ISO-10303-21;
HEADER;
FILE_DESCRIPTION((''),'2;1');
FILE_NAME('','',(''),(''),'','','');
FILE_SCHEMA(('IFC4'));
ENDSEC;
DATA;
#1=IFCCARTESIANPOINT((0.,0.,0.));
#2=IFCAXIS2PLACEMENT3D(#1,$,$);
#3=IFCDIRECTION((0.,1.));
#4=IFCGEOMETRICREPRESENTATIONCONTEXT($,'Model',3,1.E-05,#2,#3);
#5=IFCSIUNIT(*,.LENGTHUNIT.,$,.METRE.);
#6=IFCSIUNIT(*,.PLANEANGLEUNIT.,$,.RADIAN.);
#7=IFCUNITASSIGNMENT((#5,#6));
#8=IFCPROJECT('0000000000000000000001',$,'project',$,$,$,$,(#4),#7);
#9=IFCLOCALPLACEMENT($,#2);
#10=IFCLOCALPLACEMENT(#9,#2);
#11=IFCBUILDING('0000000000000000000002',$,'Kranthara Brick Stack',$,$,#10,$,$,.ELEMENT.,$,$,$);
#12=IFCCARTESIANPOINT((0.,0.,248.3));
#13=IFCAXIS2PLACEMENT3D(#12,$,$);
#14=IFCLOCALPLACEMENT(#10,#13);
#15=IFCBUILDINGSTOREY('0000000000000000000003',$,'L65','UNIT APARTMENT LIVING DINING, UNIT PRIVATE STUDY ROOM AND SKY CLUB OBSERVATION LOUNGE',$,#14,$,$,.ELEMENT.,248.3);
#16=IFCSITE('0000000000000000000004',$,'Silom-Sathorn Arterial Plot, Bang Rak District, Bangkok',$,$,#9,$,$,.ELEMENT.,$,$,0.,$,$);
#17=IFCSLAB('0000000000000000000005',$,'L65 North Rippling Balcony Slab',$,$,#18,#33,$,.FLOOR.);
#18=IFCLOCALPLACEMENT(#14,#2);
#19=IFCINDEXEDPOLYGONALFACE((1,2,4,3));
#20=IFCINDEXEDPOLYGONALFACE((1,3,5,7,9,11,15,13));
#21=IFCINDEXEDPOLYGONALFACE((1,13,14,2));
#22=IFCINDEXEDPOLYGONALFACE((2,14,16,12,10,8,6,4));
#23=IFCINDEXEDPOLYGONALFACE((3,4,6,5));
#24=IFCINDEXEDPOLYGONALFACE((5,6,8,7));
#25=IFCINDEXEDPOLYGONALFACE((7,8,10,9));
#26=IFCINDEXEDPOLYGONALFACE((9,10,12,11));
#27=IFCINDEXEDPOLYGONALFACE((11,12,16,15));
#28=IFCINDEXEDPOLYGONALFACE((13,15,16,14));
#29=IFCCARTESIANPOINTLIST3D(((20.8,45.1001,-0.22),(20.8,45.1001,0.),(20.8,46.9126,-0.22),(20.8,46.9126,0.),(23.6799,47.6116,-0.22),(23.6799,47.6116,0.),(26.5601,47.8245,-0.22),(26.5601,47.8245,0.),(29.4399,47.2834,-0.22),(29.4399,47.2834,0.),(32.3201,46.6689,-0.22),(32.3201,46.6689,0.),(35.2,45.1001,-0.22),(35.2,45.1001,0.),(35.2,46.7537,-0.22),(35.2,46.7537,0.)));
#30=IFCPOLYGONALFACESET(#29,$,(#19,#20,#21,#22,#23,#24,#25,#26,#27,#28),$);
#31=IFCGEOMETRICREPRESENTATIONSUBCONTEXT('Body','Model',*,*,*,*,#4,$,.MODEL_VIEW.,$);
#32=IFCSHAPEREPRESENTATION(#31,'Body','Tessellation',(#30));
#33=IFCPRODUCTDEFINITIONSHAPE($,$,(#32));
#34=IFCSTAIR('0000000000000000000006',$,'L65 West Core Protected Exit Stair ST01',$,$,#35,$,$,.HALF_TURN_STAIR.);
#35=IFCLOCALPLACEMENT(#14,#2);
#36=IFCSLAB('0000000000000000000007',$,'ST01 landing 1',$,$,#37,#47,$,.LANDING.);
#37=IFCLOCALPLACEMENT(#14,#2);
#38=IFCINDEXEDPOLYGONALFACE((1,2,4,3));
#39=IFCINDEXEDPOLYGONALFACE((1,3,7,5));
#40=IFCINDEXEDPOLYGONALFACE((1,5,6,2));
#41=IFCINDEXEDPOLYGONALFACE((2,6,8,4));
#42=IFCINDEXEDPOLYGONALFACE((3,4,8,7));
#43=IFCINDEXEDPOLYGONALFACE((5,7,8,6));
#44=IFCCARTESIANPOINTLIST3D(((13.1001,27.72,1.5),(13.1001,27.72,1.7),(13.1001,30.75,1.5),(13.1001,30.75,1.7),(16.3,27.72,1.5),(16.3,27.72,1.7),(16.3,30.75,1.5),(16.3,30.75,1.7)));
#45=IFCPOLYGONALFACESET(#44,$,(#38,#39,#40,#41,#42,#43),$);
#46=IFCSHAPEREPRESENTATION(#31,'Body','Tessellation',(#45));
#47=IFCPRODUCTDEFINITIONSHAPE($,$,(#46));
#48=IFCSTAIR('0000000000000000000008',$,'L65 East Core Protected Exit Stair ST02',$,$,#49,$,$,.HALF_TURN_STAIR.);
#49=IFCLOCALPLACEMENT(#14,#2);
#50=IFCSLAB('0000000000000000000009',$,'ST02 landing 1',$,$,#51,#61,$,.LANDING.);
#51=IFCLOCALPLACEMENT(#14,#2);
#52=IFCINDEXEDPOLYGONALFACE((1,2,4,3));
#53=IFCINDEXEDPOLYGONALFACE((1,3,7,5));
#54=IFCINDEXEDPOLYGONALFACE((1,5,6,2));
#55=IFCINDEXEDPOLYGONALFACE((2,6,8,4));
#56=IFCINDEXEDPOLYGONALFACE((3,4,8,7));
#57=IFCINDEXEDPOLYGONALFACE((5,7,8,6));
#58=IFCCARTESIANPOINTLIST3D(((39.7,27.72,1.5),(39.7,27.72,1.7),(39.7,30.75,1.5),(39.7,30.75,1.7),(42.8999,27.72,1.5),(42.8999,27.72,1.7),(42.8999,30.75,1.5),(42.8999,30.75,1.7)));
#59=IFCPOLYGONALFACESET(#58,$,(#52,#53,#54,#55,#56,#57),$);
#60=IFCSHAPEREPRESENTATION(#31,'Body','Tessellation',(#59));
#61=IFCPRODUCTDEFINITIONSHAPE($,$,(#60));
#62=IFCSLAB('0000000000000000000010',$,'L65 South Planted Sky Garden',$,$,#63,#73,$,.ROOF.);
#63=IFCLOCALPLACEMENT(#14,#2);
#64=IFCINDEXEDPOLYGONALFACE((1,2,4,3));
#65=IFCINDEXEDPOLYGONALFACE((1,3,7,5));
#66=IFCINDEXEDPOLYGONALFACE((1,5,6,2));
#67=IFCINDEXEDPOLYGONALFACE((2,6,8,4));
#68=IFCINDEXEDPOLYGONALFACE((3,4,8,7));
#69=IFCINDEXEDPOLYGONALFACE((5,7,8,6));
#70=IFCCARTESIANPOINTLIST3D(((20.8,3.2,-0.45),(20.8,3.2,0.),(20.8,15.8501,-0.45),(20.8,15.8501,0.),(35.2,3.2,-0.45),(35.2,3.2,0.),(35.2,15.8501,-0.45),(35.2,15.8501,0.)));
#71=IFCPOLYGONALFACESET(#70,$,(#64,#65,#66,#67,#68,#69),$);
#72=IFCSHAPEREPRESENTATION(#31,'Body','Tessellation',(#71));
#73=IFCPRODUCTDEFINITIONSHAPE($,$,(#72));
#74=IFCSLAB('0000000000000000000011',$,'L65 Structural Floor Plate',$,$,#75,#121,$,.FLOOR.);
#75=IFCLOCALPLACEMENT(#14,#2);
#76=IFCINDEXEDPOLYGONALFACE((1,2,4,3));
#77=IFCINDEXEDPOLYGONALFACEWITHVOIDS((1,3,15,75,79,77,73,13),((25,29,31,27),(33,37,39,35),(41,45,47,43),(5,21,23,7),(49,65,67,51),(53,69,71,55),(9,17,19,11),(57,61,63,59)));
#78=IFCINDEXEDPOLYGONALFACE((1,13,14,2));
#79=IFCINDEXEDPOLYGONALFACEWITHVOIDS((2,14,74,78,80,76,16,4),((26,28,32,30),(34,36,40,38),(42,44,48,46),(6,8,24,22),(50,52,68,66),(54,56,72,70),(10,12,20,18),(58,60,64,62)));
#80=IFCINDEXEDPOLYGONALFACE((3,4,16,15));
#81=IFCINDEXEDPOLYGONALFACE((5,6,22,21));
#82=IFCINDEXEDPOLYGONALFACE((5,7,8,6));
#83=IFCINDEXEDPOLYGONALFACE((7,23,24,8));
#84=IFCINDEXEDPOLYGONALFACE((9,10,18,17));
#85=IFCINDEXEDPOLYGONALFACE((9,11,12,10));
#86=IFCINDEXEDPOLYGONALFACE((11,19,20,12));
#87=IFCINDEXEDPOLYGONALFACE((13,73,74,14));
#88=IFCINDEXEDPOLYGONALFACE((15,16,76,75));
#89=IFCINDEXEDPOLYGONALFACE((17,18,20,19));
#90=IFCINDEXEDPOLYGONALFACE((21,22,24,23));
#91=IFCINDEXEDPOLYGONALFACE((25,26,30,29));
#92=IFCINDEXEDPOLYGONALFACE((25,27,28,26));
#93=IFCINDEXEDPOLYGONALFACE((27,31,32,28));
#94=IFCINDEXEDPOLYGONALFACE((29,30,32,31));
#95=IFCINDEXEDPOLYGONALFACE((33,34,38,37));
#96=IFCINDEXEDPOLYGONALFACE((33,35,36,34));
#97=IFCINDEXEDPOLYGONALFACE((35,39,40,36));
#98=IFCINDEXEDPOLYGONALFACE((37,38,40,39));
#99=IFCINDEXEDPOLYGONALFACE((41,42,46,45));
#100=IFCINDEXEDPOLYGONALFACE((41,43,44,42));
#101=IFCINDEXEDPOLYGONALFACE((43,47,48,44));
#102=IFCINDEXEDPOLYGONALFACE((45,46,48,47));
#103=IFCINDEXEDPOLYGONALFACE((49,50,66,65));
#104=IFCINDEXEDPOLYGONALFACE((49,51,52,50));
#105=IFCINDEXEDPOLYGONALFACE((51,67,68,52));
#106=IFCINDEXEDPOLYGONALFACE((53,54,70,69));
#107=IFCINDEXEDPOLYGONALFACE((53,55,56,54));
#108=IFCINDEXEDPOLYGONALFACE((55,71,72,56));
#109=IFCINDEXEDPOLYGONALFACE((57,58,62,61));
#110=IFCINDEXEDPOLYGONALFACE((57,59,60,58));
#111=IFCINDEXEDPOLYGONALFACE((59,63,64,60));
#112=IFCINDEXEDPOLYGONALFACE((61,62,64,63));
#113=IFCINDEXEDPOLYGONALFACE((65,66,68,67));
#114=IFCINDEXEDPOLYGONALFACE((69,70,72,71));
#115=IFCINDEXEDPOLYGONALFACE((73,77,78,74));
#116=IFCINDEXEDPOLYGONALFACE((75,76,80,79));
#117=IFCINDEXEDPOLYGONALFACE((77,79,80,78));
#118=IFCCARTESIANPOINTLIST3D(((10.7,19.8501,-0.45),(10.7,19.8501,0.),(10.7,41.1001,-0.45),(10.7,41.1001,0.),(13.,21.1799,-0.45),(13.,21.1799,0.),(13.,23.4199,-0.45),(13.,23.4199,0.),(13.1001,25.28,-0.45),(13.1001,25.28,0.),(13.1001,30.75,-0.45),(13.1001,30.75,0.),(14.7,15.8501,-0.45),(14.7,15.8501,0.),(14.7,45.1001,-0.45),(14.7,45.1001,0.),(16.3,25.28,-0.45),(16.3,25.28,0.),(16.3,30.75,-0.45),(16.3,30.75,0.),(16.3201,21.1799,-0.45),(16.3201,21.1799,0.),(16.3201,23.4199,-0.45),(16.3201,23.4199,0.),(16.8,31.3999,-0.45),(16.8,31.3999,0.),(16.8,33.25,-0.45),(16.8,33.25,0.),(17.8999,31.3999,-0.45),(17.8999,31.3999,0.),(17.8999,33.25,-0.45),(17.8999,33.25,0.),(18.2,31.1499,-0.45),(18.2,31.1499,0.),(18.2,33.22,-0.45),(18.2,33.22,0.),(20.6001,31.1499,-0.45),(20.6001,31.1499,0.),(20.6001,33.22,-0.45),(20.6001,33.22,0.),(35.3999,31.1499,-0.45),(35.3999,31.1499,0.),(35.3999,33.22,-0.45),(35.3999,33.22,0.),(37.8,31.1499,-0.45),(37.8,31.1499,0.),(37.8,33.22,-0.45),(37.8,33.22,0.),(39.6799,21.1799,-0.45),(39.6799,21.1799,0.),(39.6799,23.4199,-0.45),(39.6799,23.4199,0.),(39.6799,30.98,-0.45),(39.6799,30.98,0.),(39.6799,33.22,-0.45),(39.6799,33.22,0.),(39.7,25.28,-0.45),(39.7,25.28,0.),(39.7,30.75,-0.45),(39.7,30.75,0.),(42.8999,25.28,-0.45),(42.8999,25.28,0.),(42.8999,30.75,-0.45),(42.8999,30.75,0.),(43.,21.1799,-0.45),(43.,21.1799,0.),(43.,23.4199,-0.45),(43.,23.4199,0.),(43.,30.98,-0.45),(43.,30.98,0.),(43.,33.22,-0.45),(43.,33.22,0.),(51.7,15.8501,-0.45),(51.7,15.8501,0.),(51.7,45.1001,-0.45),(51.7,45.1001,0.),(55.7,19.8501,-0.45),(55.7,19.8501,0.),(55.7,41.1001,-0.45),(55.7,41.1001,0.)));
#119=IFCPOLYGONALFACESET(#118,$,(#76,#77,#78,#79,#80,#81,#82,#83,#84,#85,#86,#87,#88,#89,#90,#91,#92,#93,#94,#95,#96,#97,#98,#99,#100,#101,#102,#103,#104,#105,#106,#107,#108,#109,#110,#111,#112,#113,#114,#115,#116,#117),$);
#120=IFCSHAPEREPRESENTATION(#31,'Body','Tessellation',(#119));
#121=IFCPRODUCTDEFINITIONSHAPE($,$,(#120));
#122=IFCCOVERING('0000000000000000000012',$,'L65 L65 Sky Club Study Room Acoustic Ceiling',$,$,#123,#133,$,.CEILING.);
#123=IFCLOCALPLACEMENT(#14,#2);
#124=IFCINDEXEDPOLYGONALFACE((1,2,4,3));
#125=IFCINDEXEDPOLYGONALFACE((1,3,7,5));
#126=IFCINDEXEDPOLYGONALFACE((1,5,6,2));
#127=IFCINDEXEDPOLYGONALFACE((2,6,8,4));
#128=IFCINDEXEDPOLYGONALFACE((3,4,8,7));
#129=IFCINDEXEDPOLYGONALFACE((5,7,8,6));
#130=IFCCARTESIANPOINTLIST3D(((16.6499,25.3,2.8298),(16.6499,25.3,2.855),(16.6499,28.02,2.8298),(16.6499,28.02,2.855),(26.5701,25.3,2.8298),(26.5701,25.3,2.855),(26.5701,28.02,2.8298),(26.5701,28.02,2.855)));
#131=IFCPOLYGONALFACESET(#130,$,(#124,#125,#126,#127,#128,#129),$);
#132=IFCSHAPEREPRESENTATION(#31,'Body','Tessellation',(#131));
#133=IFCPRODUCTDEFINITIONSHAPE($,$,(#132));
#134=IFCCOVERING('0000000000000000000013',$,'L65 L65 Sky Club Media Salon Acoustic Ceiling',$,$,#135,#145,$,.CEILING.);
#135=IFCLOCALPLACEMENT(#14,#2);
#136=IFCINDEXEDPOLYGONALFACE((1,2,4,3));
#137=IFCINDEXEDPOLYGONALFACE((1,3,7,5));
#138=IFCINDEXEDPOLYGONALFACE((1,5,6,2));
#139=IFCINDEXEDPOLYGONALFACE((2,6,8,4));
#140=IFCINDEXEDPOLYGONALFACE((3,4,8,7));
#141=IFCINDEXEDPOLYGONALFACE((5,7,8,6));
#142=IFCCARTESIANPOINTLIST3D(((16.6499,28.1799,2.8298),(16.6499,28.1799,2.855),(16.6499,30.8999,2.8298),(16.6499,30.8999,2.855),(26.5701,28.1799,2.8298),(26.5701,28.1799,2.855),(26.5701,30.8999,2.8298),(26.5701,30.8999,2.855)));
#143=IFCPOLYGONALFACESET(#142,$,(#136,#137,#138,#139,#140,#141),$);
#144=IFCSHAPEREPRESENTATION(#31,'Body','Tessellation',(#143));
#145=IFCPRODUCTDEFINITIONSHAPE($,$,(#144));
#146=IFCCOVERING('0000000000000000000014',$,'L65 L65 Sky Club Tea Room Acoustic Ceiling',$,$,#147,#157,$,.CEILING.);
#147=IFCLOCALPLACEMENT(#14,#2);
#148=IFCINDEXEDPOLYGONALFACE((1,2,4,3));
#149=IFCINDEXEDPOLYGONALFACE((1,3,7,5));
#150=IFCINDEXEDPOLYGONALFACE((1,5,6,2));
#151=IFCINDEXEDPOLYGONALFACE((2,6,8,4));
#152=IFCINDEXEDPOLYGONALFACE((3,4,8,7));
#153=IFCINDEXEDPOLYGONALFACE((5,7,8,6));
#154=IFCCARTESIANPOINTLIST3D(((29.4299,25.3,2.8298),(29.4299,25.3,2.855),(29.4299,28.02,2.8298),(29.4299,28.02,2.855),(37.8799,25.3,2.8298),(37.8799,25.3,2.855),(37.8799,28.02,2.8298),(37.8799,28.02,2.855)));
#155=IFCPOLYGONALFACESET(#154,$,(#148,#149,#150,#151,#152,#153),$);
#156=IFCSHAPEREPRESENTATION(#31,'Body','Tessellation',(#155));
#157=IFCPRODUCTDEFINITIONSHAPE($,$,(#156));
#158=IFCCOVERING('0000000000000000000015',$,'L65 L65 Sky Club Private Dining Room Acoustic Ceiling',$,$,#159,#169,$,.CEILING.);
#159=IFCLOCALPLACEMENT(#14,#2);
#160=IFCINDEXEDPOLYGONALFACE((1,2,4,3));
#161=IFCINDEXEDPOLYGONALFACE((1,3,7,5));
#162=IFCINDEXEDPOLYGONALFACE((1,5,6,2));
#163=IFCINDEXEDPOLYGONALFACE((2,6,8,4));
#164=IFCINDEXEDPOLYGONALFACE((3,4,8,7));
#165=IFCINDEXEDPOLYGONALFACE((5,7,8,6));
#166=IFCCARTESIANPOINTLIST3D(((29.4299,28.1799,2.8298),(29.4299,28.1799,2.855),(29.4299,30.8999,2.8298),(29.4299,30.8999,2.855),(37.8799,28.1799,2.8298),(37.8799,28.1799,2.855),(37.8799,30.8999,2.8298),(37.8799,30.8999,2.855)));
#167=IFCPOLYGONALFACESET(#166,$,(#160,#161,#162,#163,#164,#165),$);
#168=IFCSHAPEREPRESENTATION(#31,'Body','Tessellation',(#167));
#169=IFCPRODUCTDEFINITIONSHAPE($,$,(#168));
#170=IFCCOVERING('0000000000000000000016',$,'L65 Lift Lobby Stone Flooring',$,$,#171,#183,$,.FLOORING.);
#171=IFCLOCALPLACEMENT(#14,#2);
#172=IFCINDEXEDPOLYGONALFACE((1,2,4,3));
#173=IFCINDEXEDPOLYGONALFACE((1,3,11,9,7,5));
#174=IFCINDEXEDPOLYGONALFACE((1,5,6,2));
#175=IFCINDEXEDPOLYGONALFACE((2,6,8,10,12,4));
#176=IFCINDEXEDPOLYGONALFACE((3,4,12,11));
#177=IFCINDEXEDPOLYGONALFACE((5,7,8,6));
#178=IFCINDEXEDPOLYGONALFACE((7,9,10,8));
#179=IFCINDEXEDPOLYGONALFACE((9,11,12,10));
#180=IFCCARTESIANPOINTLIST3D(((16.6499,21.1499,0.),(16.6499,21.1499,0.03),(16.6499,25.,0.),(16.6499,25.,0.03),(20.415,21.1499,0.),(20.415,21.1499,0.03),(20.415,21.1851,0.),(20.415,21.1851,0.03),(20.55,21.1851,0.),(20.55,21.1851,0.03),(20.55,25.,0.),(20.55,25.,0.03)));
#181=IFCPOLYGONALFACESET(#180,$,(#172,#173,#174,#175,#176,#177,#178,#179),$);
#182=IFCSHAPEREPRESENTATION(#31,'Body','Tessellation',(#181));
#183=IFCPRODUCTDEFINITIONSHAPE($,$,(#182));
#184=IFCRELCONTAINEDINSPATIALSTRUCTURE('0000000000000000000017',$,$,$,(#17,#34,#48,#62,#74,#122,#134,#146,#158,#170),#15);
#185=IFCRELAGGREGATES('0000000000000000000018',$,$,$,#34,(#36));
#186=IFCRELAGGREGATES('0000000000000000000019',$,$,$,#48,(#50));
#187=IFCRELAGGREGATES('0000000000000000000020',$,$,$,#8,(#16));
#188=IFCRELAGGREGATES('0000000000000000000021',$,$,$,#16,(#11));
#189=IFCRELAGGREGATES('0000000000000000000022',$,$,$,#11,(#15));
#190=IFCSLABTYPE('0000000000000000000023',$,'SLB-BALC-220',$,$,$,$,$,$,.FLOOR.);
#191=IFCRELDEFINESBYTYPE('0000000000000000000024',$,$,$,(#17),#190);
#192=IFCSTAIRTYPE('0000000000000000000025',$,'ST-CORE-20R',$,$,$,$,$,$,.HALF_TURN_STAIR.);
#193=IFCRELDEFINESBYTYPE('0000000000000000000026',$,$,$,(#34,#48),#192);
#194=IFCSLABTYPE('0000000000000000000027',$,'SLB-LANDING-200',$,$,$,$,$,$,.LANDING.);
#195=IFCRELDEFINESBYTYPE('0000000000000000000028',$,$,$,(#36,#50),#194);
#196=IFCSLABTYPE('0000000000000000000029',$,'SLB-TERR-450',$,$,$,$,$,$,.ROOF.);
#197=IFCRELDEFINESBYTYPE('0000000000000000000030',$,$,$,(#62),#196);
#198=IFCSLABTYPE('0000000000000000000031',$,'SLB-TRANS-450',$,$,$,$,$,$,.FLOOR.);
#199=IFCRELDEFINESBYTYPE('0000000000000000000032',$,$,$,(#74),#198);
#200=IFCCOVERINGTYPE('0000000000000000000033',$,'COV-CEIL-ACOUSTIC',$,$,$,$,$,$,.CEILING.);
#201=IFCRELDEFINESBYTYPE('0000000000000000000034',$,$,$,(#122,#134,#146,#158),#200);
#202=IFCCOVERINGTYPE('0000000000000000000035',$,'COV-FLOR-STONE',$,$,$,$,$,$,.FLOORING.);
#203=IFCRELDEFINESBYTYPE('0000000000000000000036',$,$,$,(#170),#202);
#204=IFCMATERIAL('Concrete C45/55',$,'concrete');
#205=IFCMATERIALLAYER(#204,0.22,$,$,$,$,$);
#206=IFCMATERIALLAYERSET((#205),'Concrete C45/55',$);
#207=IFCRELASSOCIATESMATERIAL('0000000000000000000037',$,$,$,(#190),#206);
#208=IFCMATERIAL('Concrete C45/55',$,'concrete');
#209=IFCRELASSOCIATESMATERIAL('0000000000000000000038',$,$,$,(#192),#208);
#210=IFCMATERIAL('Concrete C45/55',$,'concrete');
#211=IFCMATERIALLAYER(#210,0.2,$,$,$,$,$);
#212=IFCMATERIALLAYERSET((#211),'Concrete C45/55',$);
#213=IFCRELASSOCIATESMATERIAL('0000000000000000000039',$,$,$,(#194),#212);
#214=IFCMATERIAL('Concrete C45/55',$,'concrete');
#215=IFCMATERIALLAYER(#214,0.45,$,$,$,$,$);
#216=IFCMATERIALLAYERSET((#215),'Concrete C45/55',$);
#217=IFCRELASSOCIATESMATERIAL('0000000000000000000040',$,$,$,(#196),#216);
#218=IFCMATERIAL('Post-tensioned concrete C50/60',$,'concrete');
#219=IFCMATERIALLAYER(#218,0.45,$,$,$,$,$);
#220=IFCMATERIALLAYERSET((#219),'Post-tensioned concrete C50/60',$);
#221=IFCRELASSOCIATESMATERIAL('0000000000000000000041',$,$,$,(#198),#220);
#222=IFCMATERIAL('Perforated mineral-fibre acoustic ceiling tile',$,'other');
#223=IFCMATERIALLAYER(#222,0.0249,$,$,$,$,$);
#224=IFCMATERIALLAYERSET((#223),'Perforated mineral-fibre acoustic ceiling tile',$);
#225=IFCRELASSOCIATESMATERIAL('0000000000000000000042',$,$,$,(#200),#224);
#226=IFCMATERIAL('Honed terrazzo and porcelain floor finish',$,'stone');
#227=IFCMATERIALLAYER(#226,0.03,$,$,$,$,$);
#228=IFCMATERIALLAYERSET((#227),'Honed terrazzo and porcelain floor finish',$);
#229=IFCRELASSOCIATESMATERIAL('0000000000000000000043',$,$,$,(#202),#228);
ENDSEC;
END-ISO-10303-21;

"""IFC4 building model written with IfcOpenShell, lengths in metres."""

from ifc_helpers import new_model, si_unit, direction, frame, origin, place, context, subcontext, project, spatial, polyline, outline, extrude, material, layer, layer_set, type_object, element, aggregate, save


model = new_model("IFC4")

# Units and contexts
model_context = context("Model", 3, precision=1e-05, world=origin(), true_north=direction((0.0, 1.0)))
body_context = subcontext(model_context, "Body", "Model", "MODEL_VIEW")
ifc_project = project(units=[si_unit("LENGTHUNIT", "METRE"), si_unit("PLANEANGLEUNIT", "RADIAN")], contexts=[model_context])

# Site, building, storey
site_placement = place(None, origin())
site = spatial("IfcSite", under=ifc_project, at=site_placement, Name="Silom-Sathorn Arterial Plot, Bang Rak District, Bangkok", CompositionType="ELEMENT", RefElevation=0.0)
building_placement = place(site_placement, origin())
building = spatial("IfcBuilding", under=site, at=building_placement, Name="Kranthara Brick Stack", CompositionType="ELEMENT")
storey_placement = place(building_placement, frame((0.0, 0.0, 248.3)))
storey = spatial("IfcBuildingStorey", under=building, at=storey_placement, Name="L65", Description="UNIT APARTMENT LIVING DINING, UNIT PRIVATE STUDY ROOM AND SKY CLUB OBSERVATION LOUNGE", CompositionType="ELEMENT", Elevation=248.3)

# Slab
ifc_material_1 = material(Name="Concrete C45/55", Category="concrete")
ifc_layer_1 = layer(ifc_material_1, 0.22)
ifc_layer_set_1 = layer_set([ifc_layer_1], Name="Concrete C45/55")
slab_type_1 = type_object("IfcSlabType", Name="SLB-BALC-220", PredefinedType="FLOOR", material=ifc_layer_set_1)
slab_1_placement = place(storey_placement, frame((0.0, 0.0, -0.22)))
element("IfcSlab", 1, at=slab_1_placement, inside=storey, type_object=slab_type_1, Name="L65 North Rippling Balcony Slab", PredefinedType="FLOOR", context=body_context, shape_type="SweptSolid", body=[
    extrude(outline(polyline([(35.2, 45.1001), (20.8, 45.1001), (20.8, 46.9126), (23.6799, 47.6116), (26.5601, 47.8245), (29.4399, 47.2834), (32.3201, 46.6689), (35.2, 46.7537), (35.2, 45.1001)])), origin(), (0.0, 0.0, 1.0), 0.22),
])

# Stairs, slabs
ifc_material_2 = material(Name="Concrete C45/55", Category="concrete")
stair_type = type_object("IfcStairType", Name="ST-CORE-20R", PredefinedType="HALF_TURN_STAIR", material=ifc_material_2)
stair_1_placement = place(storey_placement, origin())
stair_1 = element("IfcStair", 2, at=stair_1_placement, inside=storey, type_object=stair_type, Name="L65 West Core Protected Exit Stair ST01", PredefinedType="HALF_TURN_STAIR")
ifc_material_3 = material(Name="Concrete C45/55", Category="concrete")
ifc_layer_2 = layer(ifc_material_3, 0.2)
ifc_layer_set_2 = layer_set([ifc_layer_2], Name="Concrete C45/55")
slab_type_2 = type_object("IfcSlabType", Name="SLB-LANDING-200", PredefinedType="LANDING", material=ifc_layer_set_2)
slab_2_placement = place(storey_placement, frame((0.0, 0.0, 1.5)))
slab_2 = element("IfcSlab", 3, at=slab_2_placement, type_object=slab_type_2, Name="ST01 landing 1", PredefinedType="LANDING", context=body_context, shape_type="SweptSolid", body=[
    extrude(outline(polyline([(16.3, 27.72), (16.3, 30.75), (13.1001, 30.75), (13.1001, 27.72), (16.3, 27.72)])), origin(), (0.0, 0.0, 1.0), 0.2),
])
aggregate(stair_1, [slab_2])
stair_2_placement = place(storey_placement, origin())
stair_2 = element("IfcStair", 4, at=stair_2_placement, inside=storey, type_object=stair_type, Name="L65 East Core Protected Exit Stair ST02", PredefinedType="HALF_TURN_STAIR")
slab_3_placement = place(storey_placement, frame((0.0, 0.0, 1.5)))
slab_3 = element("IfcSlab", 5, at=slab_3_placement, type_object=slab_type_2, Name="ST02 landing 1", PredefinedType="LANDING", context=body_context, shape_type="SweptSolid", body=[
    extrude(outline(polyline([(42.8999, 27.72), (42.8999, 30.75), (39.7, 30.75), (39.7, 27.72), (42.8999, 27.72)])), origin(), (0.0, 0.0, 1.0), 0.2),
])
aggregate(stair_2, [slab_3])

# Slabs
ifc_material_4 = material(Name="Concrete C45/55", Category="concrete")
ifc_layer_3 = layer(ifc_material_4, 0.45)
ifc_layer_set_3 = layer_set([ifc_layer_3], Name="Concrete C45/55")
slab_type_3 = type_object("IfcSlabType", Name="SLB-TERR-450", PredefinedType="ROOF", material=ifc_layer_set_3)
slab_4_placement = place(storey_placement, frame((0.0, 0.0, -0.45)))
element("IfcSlab", 6, at=slab_4_placement, inside=storey, type_object=slab_type_3, Name="L65 South Planted Sky Garden", PredefinedType="ROOF", context=body_context, shape_type="SweptSolid", body=[
    extrude(outline(polyline([(20.8, 3.2), (35.2, 3.2), (35.2, 15.8501), (20.8, 15.8501), (20.8, 3.2)])), origin(), (0.0, 0.0, 1.0), 0.45),
])
ifc_material_5 = material(Name="Post-tensioned concrete C50/60", Category="concrete")
ifc_layer_4 = layer(ifc_material_5, 0.45)
ifc_layer_set_4 = layer_set([ifc_layer_4], Name="Post-tensioned concrete C50/60")
slab_type_4 = type_object("IfcSlabType", Name="SLB-TRANS-450", PredefinedType="FLOOR", material=ifc_layer_set_4)
slab_5_placement = place(storey_placement, frame((0.0, 0.0, -0.45)))
element("IfcSlab", 7, at=slab_5_placement, inside=storey, type_object=slab_type_4, Name="L65 Structural Floor Plate", PredefinedType="FLOOR", context=body_context, shape_type="SweptSolid", body=[
    extrude(outline(polyline([(14.7, 15.8501), (51.7, 15.8501), (55.7, 19.8501), (55.7, 41.1001), (51.7, 45.1001), (14.7, 45.1001), (10.7, 41.1001), (10.7, 19.8501), (14.7, 15.8501)]), holes=[polyline([(13.1001, 25.28), (16.3, 25.28), (16.3, 30.75), (13.1001, 30.75), (13.1001, 25.28)]), polyline([(39.7, 25.28), (42.8999, 25.28), (42.8999, 30.75), (39.7, 30.75), (39.7, 25.28)]), polyline([(13.0, 21.1799), (16.3201, 21.1799), (16.3201, 23.4199), (13.0, 23.4199), (13.0, 21.1799)]), polyline([(39.6799, 21.1799), (43.0, 21.1799), (43.0, 23.4199), (39.6799, 23.4199), (39.6799, 21.1799)]), polyline([(39.6799, 30.98), (43.0, 30.98), (43.0, 33.22), (39.6799, 33.22), (39.6799, 30.98)]), polyline([(18.2, 31.1499), (20.6001, 31.1499), (20.6001, 33.22), (18.2, 33.22), (18.2, 31.1499)]), polyline([(35.3999, 31.1499), (37.8, 31.1499), (37.8, 33.22), (35.3999, 33.22), (35.3999, 31.1499)]), polyline([(16.8, 31.3999), (17.8999, 31.3999), (17.8999, 33.25), (16.8, 33.25), (16.8, 31.3999)])]), origin(), (0.0, 0.0, 1.0), 0.45),
])

# Coverings
ifc_material_6 = material(Name="Perforated mineral-fibre acoustic ceiling tile", Category="other")
ifc_layer_5 = layer(ifc_material_6, 0.0249)
ifc_layer_set_5 = layer_set([ifc_layer_5], Name="Perforated mineral-fibre acoustic ceiling tile")
covering_type_1 = type_object("IfcCoveringType", Name="COV-CEIL-ACOUSTIC", PredefinedType="CEILING", material=ifc_layer_set_5)
covering_1_placement = place(storey_placement, frame((0.0, 0.0, 2.8298)))
element("IfcCovering", 8, at=covering_1_placement, inside=storey, type_object=covering_type_1, Name="L65 L65 Sky Club Study Room Acoustic Ceiling", PredefinedType="CEILING", context=body_context, shape_type="SweptSolid", body=[
    extrude(outline(polyline([(26.5701, 25.3), (26.5701, 28.02), (16.6499, 28.02), (16.6499, 25.3), (26.5701, 25.3)])), origin(), (0.0, 0.0, 1.0), 0.0251),
])
covering_2_placement = place(storey_placement, frame((0.0, 0.0, 2.8298)))
element("IfcCovering", 9, at=covering_2_placement, inside=storey, type_object=covering_type_1, Name="L65 L65 Sky Club Media Salon Acoustic Ceiling", PredefinedType="CEILING", context=body_context, shape_type="SweptSolid", body=[
    extrude(outline(polyline([(26.5701, 28.1799), (26.5701, 30.8999), (16.6499, 30.8999), (16.6499, 28.1799), (26.5701, 28.1799)])), origin(), (0.0, 0.0, 1.0), 0.0251),
])
covering_3_placement = place(storey_placement, frame((0.0, 0.0, 2.8298)))
element("IfcCovering", 10, at=covering_3_placement, inside=storey, type_object=covering_type_1, Name="L65 L65 Sky Club Tea Room Acoustic Ceiling", PredefinedType="CEILING", context=body_context, shape_type="SweptSolid", body=[
    extrude(outline(polyline([(37.8799, 25.3), (37.8799, 28.02), (29.4299, 28.02), (29.4299, 25.3), (37.8799, 25.3)])), origin(), (0.0, 0.0, 1.0), 0.0251),
])
covering_4_placement = place(storey_placement, frame((0.0, 0.0, 2.8298)))
element("IfcCovering", 11, at=covering_4_placement, inside=storey, type_object=covering_type_1, Name="L65 L65 Sky Club Private Dining Room Acoustic Ceiling", PredefinedType="CEILING", context=body_context, shape_type="SweptSolid", body=[
    extrude(outline(polyline([(37.8799, 28.1799), (37.8799, 30.8999), (29.4299, 30.8999), (29.4299, 28.1799), (37.8799, 28.1799)])), origin(), (0.0, 0.0, 1.0), 0.0251),
])
ifc_material_7 = material(Name="Honed terrazzo and porcelain floor finish", Category="stone")
ifc_layer_6 = layer(ifc_material_7, 0.03)
ifc_layer_set_6 = layer_set([ifc_layer_6], Name="Honed terrazzo and porcelain floor finish")
covering_type_2 = type_object("IfcCoveringType", Name="COV-FLOR-STONE", PredefinedType="FLOORING", material=ifc_layer_set_6)
covering_5_placement = place(storey_placement, origin())
element("IfcCovering", 12, at=covering_5_placement, inside=storey, type_object=covering_type_2, Name="L65 Lift Lobby Stone Flooring", PredefinedType="FLOORING", context=body_context, shape_type="SweptSolid", body=[
    extrude(outline(polyline([(16.6499, 21.1499), (16.6499, 25.0), (20.55, 25.0), (20.55, 21.1851), (20.415, 21.1851), (20.415, 21.1499), (16.6499, 21.1499)])), origin(), (0.0, 0.0, 1.0), 0.03),
])

save(model, "model.ifc")
